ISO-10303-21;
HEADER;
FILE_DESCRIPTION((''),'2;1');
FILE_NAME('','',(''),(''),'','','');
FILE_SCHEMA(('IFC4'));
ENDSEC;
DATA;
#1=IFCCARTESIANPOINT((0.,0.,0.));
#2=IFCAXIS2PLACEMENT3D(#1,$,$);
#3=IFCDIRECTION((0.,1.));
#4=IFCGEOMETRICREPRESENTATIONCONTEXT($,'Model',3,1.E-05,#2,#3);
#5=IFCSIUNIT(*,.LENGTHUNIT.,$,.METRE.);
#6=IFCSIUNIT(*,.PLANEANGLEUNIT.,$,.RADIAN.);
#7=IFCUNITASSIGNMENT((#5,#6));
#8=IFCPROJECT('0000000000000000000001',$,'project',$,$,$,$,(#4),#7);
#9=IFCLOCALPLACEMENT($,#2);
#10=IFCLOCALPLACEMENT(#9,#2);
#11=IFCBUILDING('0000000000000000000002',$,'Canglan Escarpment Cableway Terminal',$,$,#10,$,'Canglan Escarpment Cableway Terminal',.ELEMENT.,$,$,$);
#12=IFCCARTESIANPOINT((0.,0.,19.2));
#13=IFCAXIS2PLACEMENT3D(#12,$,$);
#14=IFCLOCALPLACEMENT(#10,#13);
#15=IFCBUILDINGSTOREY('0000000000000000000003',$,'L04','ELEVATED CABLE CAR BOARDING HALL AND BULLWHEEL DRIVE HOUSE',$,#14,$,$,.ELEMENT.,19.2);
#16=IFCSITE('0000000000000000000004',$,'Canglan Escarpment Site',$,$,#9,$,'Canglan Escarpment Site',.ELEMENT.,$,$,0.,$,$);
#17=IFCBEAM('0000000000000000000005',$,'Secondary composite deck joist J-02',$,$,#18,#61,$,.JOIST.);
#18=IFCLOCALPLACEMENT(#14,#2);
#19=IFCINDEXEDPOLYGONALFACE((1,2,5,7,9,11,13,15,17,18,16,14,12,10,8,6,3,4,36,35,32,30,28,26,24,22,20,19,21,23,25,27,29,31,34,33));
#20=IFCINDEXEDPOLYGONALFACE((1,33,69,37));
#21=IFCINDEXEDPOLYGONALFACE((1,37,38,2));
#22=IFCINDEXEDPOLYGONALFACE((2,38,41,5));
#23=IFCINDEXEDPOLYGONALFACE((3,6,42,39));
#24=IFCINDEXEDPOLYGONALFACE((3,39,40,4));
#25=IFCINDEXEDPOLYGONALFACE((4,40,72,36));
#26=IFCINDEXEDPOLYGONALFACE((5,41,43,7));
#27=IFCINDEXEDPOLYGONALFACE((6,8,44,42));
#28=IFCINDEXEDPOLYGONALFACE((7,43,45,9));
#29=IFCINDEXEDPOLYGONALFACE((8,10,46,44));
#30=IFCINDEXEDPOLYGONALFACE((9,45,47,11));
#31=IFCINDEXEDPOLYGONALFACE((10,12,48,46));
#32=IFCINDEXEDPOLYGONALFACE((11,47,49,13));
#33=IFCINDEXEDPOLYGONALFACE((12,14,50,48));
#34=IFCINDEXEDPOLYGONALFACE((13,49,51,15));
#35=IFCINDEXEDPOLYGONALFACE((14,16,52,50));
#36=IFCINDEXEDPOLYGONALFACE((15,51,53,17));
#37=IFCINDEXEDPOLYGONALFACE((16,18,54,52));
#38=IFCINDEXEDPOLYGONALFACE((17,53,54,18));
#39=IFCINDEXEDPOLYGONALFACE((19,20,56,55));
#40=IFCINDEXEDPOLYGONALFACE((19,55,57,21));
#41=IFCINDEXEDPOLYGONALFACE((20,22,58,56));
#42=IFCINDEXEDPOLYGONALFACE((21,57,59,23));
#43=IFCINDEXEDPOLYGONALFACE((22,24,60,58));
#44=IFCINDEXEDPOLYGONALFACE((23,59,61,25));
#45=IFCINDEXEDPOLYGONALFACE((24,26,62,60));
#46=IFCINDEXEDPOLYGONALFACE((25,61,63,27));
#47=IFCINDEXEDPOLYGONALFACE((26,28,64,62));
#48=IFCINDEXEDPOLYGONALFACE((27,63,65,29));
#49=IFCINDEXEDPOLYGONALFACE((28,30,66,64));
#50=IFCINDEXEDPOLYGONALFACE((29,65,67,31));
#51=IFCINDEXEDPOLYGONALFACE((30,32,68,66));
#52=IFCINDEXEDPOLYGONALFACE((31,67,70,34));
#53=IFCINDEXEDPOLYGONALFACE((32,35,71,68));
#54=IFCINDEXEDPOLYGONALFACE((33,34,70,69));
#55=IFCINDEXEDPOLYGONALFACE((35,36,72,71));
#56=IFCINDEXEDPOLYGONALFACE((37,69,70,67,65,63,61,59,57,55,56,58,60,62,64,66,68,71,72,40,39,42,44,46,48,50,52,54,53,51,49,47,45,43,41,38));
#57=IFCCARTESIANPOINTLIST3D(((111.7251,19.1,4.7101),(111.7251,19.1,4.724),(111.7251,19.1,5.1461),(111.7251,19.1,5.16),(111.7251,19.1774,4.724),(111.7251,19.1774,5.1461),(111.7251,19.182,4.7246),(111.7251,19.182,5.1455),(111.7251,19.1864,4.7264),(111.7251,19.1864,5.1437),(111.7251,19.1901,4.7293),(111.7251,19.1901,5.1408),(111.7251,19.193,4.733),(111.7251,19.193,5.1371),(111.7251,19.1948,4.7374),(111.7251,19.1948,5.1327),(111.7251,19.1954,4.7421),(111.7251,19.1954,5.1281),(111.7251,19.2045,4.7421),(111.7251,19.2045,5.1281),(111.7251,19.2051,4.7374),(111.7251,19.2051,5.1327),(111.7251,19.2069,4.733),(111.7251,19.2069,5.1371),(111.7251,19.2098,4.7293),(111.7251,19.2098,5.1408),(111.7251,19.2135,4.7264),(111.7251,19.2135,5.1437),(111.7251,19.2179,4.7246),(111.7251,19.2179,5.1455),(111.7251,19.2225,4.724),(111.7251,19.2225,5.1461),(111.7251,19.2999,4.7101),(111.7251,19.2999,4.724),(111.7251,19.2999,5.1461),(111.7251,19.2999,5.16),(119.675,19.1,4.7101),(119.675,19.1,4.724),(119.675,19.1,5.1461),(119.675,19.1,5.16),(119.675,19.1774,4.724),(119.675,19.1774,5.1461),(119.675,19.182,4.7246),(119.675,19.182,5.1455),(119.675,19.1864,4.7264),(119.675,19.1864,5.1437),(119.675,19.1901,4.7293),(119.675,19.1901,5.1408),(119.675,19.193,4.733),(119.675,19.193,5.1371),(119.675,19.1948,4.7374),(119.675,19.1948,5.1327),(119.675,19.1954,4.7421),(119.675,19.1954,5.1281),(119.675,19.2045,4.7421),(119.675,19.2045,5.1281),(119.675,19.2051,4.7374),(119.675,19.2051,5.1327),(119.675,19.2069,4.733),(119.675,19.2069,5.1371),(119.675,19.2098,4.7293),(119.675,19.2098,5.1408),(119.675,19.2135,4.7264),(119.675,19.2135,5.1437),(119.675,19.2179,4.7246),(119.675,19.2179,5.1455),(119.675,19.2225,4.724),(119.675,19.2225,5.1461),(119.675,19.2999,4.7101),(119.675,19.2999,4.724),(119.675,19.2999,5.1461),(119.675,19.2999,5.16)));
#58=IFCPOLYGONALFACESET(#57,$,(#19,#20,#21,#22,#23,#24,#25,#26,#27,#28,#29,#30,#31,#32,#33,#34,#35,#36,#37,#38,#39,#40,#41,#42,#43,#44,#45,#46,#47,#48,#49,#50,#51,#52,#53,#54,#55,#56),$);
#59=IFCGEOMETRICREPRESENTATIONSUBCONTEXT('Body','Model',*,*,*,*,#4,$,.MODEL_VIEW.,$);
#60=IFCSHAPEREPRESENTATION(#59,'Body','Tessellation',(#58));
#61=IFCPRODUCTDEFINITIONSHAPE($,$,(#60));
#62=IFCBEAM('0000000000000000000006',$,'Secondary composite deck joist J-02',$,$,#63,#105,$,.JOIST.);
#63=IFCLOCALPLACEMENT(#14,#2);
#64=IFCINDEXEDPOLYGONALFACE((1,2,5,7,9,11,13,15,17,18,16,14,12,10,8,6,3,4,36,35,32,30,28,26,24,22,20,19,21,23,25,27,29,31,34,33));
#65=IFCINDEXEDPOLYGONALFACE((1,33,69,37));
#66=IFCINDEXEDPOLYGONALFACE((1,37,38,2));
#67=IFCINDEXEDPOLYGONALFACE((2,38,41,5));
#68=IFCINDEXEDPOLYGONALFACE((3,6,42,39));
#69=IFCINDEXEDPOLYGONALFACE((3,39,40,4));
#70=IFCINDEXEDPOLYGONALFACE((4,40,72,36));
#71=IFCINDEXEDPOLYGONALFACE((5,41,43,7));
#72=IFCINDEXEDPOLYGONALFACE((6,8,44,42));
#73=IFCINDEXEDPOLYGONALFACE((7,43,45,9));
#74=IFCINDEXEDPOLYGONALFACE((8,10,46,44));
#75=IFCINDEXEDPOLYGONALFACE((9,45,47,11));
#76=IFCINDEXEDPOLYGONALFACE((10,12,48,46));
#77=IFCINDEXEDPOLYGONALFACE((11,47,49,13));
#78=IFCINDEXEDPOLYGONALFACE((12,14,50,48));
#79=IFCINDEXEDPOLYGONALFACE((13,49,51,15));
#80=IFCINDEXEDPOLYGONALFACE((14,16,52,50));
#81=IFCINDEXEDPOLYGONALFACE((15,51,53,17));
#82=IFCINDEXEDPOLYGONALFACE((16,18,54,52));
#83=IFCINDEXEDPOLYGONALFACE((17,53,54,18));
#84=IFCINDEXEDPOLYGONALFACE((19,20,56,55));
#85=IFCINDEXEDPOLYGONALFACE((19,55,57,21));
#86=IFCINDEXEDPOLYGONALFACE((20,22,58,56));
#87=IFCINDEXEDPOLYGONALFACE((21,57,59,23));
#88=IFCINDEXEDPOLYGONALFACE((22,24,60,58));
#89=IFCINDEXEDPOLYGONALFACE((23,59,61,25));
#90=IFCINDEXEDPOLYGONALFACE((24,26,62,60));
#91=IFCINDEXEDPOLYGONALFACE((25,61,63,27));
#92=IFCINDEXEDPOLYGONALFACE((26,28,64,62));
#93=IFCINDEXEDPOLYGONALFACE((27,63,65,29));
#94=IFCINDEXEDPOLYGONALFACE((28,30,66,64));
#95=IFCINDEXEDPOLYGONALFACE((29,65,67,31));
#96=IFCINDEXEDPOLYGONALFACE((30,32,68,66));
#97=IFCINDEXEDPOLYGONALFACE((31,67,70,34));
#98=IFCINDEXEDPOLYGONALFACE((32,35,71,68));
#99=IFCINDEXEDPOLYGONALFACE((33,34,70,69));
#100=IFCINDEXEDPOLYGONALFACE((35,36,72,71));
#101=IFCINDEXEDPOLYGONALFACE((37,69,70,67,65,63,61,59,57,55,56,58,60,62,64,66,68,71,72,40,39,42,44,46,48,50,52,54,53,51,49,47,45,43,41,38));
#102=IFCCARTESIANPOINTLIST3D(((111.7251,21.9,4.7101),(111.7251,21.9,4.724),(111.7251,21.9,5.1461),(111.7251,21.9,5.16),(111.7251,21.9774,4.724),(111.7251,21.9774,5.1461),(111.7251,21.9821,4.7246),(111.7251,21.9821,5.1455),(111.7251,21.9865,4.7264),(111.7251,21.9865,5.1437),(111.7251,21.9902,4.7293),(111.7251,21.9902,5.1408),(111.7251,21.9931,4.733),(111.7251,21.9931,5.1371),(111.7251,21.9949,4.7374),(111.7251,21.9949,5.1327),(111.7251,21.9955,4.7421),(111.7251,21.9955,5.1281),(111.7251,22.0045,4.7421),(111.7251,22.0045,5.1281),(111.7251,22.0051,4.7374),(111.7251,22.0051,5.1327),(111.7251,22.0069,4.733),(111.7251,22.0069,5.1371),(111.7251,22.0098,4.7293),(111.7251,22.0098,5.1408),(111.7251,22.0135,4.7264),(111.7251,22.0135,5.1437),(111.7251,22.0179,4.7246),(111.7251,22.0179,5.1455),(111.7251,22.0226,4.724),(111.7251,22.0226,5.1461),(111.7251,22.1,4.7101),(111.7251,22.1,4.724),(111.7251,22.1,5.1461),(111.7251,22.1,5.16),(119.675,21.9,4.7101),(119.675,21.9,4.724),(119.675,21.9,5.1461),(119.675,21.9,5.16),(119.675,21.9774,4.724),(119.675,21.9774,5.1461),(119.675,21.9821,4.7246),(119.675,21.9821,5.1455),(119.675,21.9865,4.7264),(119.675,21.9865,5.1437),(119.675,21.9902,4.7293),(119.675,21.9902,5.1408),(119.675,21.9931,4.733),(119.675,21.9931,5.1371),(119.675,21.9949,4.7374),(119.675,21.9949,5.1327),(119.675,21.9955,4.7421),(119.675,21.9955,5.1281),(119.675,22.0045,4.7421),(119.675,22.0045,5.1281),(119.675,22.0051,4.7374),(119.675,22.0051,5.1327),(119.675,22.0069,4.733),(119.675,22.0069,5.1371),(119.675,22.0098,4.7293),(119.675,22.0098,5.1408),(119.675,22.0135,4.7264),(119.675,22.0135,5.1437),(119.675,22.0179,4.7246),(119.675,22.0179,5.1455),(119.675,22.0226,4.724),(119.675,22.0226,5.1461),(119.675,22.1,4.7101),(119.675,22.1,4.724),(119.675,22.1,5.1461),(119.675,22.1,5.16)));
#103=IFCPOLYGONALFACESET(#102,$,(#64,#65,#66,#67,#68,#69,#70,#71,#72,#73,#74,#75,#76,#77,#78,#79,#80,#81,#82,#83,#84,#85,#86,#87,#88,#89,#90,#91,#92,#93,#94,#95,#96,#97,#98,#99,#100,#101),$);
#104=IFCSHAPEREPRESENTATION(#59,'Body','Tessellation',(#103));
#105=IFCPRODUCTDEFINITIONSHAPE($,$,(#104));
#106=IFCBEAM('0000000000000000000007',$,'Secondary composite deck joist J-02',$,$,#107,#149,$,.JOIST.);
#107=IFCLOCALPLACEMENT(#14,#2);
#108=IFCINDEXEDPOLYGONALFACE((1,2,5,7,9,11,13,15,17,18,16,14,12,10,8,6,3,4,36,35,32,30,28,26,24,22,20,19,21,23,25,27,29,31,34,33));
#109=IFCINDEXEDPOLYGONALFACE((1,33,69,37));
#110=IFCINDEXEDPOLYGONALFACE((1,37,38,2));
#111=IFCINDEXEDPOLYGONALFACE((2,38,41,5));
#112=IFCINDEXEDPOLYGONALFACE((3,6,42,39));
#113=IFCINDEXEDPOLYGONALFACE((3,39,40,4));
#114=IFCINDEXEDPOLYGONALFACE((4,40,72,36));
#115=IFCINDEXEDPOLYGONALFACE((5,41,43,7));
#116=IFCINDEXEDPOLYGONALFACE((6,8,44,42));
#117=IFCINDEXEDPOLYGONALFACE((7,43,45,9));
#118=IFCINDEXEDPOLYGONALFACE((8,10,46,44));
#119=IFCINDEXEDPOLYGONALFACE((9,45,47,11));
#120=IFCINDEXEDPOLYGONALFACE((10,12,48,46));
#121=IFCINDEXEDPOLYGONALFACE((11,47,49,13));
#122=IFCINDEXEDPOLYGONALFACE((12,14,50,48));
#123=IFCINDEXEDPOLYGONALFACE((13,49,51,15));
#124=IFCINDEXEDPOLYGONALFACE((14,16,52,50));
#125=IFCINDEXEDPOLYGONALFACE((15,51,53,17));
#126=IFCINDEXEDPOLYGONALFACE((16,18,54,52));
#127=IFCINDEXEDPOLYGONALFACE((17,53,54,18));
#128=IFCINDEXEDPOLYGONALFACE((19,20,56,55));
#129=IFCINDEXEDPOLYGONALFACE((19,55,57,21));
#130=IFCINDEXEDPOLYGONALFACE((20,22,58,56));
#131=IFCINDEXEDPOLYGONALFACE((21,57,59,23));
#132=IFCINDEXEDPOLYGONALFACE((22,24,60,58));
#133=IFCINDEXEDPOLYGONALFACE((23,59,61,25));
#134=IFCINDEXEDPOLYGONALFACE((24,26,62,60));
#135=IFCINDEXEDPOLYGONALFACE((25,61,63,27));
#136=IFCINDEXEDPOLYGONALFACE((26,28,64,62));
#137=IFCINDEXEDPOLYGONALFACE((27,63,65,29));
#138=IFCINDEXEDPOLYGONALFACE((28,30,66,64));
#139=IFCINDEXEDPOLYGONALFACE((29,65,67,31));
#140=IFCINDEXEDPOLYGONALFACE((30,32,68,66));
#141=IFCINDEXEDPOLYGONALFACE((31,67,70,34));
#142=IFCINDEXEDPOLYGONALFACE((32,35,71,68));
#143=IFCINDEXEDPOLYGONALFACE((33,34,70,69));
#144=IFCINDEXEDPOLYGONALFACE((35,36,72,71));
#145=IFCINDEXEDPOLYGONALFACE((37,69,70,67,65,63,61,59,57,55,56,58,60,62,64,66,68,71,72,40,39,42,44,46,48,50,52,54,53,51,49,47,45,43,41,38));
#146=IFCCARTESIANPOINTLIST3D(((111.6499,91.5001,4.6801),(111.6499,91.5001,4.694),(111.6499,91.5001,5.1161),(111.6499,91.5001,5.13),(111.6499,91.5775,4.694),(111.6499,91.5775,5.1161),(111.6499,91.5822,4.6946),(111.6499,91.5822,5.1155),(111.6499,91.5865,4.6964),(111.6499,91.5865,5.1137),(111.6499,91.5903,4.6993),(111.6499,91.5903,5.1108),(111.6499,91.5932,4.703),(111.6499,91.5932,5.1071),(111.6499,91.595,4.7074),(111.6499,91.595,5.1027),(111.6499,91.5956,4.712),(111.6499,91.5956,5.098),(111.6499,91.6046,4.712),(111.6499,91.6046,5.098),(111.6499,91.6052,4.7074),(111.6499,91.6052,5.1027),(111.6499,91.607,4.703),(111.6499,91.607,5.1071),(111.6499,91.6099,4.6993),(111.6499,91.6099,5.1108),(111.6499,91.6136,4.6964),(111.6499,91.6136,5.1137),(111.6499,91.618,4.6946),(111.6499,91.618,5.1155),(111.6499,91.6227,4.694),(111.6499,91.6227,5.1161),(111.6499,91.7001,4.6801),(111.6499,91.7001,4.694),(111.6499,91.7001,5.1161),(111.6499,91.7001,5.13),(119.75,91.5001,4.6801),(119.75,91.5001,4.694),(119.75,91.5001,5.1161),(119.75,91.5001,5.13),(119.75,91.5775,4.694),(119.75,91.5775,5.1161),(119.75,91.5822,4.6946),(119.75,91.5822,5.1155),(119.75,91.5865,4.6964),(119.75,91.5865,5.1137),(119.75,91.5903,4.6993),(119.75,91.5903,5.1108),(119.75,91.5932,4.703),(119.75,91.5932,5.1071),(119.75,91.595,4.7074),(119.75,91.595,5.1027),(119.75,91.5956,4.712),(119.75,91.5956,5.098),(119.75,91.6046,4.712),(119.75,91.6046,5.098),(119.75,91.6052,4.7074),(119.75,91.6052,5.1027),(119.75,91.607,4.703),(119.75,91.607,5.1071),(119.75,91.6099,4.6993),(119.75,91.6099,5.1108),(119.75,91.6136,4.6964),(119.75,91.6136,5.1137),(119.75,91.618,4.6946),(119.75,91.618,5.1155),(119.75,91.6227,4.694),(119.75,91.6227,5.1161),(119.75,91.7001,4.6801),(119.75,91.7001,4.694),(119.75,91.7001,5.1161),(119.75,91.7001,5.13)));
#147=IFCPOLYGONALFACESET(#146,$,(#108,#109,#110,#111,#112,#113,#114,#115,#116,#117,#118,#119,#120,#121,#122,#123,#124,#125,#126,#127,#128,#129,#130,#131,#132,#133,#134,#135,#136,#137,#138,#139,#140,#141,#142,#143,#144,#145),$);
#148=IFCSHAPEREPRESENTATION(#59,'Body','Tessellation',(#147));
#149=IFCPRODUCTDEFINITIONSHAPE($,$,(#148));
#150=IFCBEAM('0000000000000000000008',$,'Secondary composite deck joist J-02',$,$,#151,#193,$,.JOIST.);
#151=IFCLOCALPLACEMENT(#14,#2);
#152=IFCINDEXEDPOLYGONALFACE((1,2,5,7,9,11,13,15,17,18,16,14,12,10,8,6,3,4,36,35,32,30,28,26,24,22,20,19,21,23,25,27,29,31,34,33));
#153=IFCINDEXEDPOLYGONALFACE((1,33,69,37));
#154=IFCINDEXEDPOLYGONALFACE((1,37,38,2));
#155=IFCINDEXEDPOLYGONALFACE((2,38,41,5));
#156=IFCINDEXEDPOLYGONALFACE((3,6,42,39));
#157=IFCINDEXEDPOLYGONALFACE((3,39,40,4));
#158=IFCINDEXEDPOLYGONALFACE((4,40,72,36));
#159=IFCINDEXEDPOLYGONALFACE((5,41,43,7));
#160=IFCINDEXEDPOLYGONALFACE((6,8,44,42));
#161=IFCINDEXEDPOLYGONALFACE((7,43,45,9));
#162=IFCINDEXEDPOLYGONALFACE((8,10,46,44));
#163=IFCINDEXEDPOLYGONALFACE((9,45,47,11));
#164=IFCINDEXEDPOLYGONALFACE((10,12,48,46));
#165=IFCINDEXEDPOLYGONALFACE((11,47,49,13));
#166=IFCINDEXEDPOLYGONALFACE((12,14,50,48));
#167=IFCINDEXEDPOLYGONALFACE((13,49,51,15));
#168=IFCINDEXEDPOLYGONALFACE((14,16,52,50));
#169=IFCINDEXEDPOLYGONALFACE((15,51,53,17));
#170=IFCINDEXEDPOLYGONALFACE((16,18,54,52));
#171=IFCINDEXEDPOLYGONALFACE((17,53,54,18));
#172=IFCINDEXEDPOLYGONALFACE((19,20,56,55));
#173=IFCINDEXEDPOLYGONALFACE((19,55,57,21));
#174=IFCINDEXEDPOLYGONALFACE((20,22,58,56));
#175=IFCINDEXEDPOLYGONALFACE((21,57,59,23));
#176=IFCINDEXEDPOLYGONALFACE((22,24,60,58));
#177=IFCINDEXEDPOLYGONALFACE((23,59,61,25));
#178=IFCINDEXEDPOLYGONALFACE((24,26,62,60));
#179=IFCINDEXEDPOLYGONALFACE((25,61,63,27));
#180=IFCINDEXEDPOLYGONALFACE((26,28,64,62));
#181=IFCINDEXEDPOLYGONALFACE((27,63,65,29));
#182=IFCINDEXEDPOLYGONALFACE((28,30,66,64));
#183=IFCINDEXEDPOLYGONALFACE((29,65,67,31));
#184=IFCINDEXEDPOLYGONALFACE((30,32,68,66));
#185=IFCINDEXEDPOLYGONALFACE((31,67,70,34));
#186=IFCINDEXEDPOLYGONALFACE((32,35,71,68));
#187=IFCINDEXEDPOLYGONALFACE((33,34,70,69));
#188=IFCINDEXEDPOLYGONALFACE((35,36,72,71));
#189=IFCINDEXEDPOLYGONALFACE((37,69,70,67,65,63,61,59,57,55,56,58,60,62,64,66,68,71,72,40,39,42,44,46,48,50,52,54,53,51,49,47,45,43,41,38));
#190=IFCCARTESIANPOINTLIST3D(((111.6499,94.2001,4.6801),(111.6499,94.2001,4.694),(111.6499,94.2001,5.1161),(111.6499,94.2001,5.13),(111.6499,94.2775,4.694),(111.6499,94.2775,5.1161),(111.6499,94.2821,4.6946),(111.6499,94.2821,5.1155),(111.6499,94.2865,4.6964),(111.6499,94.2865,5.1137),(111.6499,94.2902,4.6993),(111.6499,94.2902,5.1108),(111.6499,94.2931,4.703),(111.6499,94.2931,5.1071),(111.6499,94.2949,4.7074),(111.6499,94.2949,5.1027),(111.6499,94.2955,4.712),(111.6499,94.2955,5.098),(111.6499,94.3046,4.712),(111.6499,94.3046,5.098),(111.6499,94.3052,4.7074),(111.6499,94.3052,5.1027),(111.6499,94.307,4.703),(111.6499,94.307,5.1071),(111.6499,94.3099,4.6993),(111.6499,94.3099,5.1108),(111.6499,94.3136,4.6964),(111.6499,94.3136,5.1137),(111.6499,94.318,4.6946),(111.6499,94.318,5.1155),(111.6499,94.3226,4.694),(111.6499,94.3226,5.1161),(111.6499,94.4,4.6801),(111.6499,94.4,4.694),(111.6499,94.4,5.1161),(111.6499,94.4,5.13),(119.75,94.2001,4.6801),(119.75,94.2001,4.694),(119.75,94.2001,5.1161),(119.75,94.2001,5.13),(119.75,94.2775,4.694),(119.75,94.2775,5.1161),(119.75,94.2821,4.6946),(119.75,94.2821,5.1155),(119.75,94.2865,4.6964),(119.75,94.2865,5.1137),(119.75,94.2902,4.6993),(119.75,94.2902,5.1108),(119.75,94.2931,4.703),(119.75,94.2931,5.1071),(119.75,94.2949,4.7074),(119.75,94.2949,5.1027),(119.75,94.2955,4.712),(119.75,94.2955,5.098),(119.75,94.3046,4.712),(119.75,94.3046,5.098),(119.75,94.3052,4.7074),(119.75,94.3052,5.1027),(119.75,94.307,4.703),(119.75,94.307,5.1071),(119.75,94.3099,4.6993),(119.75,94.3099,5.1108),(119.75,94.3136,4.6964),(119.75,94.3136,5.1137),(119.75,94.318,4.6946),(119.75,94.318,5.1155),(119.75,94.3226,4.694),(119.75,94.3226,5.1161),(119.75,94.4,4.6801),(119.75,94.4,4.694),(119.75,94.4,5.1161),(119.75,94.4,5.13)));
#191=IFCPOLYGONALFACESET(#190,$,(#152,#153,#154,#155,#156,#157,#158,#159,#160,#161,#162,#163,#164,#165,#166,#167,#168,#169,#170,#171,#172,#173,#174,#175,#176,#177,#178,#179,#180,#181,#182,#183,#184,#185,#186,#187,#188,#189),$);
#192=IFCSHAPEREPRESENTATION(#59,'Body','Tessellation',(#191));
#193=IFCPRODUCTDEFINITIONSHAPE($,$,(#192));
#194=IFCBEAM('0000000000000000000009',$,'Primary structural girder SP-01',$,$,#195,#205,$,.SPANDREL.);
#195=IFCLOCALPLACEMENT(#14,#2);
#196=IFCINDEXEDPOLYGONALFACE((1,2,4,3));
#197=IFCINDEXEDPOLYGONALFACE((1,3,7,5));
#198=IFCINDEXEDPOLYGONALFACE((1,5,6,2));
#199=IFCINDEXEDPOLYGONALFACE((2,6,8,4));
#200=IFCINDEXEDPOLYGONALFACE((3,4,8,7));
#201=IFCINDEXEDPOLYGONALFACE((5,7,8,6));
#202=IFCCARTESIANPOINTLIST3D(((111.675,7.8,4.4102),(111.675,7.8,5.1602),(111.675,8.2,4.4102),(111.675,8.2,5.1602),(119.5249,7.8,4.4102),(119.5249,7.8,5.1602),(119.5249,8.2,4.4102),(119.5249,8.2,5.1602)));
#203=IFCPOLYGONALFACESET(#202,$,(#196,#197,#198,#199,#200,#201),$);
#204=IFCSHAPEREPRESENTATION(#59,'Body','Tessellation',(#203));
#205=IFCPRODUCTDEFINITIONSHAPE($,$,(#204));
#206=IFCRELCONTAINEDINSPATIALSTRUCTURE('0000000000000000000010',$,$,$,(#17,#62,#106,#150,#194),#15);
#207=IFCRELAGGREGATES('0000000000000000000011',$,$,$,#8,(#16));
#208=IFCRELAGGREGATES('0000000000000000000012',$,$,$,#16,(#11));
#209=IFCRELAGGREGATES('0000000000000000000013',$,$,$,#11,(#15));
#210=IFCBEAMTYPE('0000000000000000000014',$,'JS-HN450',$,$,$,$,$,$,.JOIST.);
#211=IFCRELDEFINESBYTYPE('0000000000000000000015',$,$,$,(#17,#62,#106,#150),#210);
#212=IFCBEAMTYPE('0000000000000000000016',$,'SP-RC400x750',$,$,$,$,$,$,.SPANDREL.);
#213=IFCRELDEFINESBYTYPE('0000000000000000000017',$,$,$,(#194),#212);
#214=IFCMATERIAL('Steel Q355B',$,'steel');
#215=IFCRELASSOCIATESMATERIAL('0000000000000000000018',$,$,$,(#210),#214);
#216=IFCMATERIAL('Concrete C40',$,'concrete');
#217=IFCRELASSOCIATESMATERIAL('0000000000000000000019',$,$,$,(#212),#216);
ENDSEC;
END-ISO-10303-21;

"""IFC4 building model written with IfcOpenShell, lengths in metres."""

from ifc_helpers import new_model, si_unit, direction, frame, origin, origin_2d, place, context, subcontext, project, spatial, rectangle, i_section, extrude, material, material_profile, profile_set, type_object, element, save


model = new_model("IFC4")

# Units and contexts
model_context = context("Model", 3, precision=1e-05, world=origin(), true_north=direction((0.0, 1.0)))
body_context = subcontext(model_context, "Body", "Model", "MODEL_VIEW")
ifc_project = project(units=[si_unit("LENGTHUNIT", "METRE"), si_unit("PLANEANGLEUNIT", "RADIAN")], contexts=[model_context])

# Site, building, storey
site_placement = place(None, origin())
site = spatial("IfcSite", under=ifc_project, at=site_placement, Name="Canglan Escarpment Site", LongName="Canglan Escarpment Site", CompositionType="ELEMENT", RefElevation=0.0)
building_placement = place(site_placement, origin())
building = spatial("IfcBuilding", under=site, at=building_placement, Name="Canglan Escarpment Cableway Terminal", LongName="Canglan Escarpment Cableway Terminal", CompositionType="ELEMENT")
storey_placement = place(building_placement, frame((0.0, 0.0, 19.2)))
storey = spatial("IfcBuildingStorey", under=building, at=storey_placement, Name="L04", Description="ELEVATED CABLE CAR BOARDING HALL AND BULLWHEEL DRIVE HOUSE", CompositionType="ELEMENT", Elevation=19.2)

# Shared definitions
ifc_material_1 = material(Name="Concrete C40", Category="concrete")

# Beams
ifc_material_2 = material(Name="Steel Q355B", Category="steel")
ifc_material_profile_1 = material_profile(ifc_material_2, i_section(OverallWidth=0.2, OverallDepth=0.45, WebThickness=0.009, FlangeThickness=0.0139, FilletRadius=0.0181, at=origin_2d()), Name="HN 450x200x9x14")
ifc_profile_set_1 = profile_set([ifc_material_profile_1], Name="Steel Q355B")
beam_type_1 = type_object("IfcBeamType", Name="JS-HN450", PredefinedType="JOIST", material=ifc_profile_set_1)
for number, where, z_axis, x_axis, name in (
    (1, (111.7251, 19.2, 4.9351), (1.0, 0.0, 0.0), (0.0, 1.0, 0.0), "Secondary composite deck joist J-02"),
    (2, (111.7251, 22.0, 4.9351), (1.0, 0.0, 0.0), (0.0, 1.0, 0.0), "Secondary composite deck joist J-02"),
):
    element("IfcBeam", number, at=place(storey_placement, frame(where, z_axis=z_axis, x_axis=x_axis)), inside=storey, type_object=beam_type_1, Name=name, PredefinedType="JOIST", context=body_context, shape_type="SweptSolid", body=[
        extrude(i_section(OverallWidth=0.2, OverallDepth=0.45, WebThickness=0.009, FlangeThickness=0.0139, FilletRadius=0.0181, at=origin_2d()), origin(), (0.0, 0.0, 1.0), 7.95),
    ])
for number, where, z_axis, x_axis, name in (
    (3, (111.6499, 91.6001, 4.905), (1.0, 0.0, 0.0), (0.0, 1.0, 0.0), "Secondary composite deck joist J-02"),
    (4, (111.6499, 94.3, 4.905), (1.0, 0.0, 0.0), (0.0, 1.0, 0.0), "Secondary composite deck joist J-02"),
):
    element("IfcBeam", number, at=place(storey_placement, frame(where, z_axis=z_axis, x_axis=x_axis)), inside=storey, type_object=beam_type_1, Name=name, PredefinedType="JOIST", context=body_context, shape_type="SweptSolid", body=[
        extrude(i_section(OverallWidth=0.2, OverallDepth=0.45, WebThickness=0.009, FlangeThickness=0.0139, FilletRadius=0.0181, at=origin_2d()), origin(), (0.0, 0.0, 1.0), 8.1001),
    ])
ifc_material_profile_2 = material_profile(ifc_material_1, rectangle(XDim=0.3999, YDim=0.75, at=origin_2d()), Name="RC 400x750")
ifc_profile_set_2 = profile_set([ifc_material_profile_2], Name="Concrete C40")
beam_type_2 = type_object("IfcBeamType", Name="SP-RC400x750", PredefinedType="SPANDREL", material=ifc_profile_set_2)
beam_1_placement = place(storey_placement, frame((111.675, 8.0, 4.7852), z_axis=(1.0, 0.0, 0.0), x_axis=(0.0, 1.0, 0.0)))
element("IfcBeam", 5, at=beam_1_placement, inside=storey, type_object=beam_type_2, Name="Primary structural girder SP-01", PredefinedType="SPANDREL", context=body_context, shape_type="SweptSolid", body=[
    extrude(rectangle(XDim=0.3999, YDim=0.75, at=origin_2d()), origin(), (0.0, 0.0, 1.0), 7.8499),
])

save(model, "model.ifc")
